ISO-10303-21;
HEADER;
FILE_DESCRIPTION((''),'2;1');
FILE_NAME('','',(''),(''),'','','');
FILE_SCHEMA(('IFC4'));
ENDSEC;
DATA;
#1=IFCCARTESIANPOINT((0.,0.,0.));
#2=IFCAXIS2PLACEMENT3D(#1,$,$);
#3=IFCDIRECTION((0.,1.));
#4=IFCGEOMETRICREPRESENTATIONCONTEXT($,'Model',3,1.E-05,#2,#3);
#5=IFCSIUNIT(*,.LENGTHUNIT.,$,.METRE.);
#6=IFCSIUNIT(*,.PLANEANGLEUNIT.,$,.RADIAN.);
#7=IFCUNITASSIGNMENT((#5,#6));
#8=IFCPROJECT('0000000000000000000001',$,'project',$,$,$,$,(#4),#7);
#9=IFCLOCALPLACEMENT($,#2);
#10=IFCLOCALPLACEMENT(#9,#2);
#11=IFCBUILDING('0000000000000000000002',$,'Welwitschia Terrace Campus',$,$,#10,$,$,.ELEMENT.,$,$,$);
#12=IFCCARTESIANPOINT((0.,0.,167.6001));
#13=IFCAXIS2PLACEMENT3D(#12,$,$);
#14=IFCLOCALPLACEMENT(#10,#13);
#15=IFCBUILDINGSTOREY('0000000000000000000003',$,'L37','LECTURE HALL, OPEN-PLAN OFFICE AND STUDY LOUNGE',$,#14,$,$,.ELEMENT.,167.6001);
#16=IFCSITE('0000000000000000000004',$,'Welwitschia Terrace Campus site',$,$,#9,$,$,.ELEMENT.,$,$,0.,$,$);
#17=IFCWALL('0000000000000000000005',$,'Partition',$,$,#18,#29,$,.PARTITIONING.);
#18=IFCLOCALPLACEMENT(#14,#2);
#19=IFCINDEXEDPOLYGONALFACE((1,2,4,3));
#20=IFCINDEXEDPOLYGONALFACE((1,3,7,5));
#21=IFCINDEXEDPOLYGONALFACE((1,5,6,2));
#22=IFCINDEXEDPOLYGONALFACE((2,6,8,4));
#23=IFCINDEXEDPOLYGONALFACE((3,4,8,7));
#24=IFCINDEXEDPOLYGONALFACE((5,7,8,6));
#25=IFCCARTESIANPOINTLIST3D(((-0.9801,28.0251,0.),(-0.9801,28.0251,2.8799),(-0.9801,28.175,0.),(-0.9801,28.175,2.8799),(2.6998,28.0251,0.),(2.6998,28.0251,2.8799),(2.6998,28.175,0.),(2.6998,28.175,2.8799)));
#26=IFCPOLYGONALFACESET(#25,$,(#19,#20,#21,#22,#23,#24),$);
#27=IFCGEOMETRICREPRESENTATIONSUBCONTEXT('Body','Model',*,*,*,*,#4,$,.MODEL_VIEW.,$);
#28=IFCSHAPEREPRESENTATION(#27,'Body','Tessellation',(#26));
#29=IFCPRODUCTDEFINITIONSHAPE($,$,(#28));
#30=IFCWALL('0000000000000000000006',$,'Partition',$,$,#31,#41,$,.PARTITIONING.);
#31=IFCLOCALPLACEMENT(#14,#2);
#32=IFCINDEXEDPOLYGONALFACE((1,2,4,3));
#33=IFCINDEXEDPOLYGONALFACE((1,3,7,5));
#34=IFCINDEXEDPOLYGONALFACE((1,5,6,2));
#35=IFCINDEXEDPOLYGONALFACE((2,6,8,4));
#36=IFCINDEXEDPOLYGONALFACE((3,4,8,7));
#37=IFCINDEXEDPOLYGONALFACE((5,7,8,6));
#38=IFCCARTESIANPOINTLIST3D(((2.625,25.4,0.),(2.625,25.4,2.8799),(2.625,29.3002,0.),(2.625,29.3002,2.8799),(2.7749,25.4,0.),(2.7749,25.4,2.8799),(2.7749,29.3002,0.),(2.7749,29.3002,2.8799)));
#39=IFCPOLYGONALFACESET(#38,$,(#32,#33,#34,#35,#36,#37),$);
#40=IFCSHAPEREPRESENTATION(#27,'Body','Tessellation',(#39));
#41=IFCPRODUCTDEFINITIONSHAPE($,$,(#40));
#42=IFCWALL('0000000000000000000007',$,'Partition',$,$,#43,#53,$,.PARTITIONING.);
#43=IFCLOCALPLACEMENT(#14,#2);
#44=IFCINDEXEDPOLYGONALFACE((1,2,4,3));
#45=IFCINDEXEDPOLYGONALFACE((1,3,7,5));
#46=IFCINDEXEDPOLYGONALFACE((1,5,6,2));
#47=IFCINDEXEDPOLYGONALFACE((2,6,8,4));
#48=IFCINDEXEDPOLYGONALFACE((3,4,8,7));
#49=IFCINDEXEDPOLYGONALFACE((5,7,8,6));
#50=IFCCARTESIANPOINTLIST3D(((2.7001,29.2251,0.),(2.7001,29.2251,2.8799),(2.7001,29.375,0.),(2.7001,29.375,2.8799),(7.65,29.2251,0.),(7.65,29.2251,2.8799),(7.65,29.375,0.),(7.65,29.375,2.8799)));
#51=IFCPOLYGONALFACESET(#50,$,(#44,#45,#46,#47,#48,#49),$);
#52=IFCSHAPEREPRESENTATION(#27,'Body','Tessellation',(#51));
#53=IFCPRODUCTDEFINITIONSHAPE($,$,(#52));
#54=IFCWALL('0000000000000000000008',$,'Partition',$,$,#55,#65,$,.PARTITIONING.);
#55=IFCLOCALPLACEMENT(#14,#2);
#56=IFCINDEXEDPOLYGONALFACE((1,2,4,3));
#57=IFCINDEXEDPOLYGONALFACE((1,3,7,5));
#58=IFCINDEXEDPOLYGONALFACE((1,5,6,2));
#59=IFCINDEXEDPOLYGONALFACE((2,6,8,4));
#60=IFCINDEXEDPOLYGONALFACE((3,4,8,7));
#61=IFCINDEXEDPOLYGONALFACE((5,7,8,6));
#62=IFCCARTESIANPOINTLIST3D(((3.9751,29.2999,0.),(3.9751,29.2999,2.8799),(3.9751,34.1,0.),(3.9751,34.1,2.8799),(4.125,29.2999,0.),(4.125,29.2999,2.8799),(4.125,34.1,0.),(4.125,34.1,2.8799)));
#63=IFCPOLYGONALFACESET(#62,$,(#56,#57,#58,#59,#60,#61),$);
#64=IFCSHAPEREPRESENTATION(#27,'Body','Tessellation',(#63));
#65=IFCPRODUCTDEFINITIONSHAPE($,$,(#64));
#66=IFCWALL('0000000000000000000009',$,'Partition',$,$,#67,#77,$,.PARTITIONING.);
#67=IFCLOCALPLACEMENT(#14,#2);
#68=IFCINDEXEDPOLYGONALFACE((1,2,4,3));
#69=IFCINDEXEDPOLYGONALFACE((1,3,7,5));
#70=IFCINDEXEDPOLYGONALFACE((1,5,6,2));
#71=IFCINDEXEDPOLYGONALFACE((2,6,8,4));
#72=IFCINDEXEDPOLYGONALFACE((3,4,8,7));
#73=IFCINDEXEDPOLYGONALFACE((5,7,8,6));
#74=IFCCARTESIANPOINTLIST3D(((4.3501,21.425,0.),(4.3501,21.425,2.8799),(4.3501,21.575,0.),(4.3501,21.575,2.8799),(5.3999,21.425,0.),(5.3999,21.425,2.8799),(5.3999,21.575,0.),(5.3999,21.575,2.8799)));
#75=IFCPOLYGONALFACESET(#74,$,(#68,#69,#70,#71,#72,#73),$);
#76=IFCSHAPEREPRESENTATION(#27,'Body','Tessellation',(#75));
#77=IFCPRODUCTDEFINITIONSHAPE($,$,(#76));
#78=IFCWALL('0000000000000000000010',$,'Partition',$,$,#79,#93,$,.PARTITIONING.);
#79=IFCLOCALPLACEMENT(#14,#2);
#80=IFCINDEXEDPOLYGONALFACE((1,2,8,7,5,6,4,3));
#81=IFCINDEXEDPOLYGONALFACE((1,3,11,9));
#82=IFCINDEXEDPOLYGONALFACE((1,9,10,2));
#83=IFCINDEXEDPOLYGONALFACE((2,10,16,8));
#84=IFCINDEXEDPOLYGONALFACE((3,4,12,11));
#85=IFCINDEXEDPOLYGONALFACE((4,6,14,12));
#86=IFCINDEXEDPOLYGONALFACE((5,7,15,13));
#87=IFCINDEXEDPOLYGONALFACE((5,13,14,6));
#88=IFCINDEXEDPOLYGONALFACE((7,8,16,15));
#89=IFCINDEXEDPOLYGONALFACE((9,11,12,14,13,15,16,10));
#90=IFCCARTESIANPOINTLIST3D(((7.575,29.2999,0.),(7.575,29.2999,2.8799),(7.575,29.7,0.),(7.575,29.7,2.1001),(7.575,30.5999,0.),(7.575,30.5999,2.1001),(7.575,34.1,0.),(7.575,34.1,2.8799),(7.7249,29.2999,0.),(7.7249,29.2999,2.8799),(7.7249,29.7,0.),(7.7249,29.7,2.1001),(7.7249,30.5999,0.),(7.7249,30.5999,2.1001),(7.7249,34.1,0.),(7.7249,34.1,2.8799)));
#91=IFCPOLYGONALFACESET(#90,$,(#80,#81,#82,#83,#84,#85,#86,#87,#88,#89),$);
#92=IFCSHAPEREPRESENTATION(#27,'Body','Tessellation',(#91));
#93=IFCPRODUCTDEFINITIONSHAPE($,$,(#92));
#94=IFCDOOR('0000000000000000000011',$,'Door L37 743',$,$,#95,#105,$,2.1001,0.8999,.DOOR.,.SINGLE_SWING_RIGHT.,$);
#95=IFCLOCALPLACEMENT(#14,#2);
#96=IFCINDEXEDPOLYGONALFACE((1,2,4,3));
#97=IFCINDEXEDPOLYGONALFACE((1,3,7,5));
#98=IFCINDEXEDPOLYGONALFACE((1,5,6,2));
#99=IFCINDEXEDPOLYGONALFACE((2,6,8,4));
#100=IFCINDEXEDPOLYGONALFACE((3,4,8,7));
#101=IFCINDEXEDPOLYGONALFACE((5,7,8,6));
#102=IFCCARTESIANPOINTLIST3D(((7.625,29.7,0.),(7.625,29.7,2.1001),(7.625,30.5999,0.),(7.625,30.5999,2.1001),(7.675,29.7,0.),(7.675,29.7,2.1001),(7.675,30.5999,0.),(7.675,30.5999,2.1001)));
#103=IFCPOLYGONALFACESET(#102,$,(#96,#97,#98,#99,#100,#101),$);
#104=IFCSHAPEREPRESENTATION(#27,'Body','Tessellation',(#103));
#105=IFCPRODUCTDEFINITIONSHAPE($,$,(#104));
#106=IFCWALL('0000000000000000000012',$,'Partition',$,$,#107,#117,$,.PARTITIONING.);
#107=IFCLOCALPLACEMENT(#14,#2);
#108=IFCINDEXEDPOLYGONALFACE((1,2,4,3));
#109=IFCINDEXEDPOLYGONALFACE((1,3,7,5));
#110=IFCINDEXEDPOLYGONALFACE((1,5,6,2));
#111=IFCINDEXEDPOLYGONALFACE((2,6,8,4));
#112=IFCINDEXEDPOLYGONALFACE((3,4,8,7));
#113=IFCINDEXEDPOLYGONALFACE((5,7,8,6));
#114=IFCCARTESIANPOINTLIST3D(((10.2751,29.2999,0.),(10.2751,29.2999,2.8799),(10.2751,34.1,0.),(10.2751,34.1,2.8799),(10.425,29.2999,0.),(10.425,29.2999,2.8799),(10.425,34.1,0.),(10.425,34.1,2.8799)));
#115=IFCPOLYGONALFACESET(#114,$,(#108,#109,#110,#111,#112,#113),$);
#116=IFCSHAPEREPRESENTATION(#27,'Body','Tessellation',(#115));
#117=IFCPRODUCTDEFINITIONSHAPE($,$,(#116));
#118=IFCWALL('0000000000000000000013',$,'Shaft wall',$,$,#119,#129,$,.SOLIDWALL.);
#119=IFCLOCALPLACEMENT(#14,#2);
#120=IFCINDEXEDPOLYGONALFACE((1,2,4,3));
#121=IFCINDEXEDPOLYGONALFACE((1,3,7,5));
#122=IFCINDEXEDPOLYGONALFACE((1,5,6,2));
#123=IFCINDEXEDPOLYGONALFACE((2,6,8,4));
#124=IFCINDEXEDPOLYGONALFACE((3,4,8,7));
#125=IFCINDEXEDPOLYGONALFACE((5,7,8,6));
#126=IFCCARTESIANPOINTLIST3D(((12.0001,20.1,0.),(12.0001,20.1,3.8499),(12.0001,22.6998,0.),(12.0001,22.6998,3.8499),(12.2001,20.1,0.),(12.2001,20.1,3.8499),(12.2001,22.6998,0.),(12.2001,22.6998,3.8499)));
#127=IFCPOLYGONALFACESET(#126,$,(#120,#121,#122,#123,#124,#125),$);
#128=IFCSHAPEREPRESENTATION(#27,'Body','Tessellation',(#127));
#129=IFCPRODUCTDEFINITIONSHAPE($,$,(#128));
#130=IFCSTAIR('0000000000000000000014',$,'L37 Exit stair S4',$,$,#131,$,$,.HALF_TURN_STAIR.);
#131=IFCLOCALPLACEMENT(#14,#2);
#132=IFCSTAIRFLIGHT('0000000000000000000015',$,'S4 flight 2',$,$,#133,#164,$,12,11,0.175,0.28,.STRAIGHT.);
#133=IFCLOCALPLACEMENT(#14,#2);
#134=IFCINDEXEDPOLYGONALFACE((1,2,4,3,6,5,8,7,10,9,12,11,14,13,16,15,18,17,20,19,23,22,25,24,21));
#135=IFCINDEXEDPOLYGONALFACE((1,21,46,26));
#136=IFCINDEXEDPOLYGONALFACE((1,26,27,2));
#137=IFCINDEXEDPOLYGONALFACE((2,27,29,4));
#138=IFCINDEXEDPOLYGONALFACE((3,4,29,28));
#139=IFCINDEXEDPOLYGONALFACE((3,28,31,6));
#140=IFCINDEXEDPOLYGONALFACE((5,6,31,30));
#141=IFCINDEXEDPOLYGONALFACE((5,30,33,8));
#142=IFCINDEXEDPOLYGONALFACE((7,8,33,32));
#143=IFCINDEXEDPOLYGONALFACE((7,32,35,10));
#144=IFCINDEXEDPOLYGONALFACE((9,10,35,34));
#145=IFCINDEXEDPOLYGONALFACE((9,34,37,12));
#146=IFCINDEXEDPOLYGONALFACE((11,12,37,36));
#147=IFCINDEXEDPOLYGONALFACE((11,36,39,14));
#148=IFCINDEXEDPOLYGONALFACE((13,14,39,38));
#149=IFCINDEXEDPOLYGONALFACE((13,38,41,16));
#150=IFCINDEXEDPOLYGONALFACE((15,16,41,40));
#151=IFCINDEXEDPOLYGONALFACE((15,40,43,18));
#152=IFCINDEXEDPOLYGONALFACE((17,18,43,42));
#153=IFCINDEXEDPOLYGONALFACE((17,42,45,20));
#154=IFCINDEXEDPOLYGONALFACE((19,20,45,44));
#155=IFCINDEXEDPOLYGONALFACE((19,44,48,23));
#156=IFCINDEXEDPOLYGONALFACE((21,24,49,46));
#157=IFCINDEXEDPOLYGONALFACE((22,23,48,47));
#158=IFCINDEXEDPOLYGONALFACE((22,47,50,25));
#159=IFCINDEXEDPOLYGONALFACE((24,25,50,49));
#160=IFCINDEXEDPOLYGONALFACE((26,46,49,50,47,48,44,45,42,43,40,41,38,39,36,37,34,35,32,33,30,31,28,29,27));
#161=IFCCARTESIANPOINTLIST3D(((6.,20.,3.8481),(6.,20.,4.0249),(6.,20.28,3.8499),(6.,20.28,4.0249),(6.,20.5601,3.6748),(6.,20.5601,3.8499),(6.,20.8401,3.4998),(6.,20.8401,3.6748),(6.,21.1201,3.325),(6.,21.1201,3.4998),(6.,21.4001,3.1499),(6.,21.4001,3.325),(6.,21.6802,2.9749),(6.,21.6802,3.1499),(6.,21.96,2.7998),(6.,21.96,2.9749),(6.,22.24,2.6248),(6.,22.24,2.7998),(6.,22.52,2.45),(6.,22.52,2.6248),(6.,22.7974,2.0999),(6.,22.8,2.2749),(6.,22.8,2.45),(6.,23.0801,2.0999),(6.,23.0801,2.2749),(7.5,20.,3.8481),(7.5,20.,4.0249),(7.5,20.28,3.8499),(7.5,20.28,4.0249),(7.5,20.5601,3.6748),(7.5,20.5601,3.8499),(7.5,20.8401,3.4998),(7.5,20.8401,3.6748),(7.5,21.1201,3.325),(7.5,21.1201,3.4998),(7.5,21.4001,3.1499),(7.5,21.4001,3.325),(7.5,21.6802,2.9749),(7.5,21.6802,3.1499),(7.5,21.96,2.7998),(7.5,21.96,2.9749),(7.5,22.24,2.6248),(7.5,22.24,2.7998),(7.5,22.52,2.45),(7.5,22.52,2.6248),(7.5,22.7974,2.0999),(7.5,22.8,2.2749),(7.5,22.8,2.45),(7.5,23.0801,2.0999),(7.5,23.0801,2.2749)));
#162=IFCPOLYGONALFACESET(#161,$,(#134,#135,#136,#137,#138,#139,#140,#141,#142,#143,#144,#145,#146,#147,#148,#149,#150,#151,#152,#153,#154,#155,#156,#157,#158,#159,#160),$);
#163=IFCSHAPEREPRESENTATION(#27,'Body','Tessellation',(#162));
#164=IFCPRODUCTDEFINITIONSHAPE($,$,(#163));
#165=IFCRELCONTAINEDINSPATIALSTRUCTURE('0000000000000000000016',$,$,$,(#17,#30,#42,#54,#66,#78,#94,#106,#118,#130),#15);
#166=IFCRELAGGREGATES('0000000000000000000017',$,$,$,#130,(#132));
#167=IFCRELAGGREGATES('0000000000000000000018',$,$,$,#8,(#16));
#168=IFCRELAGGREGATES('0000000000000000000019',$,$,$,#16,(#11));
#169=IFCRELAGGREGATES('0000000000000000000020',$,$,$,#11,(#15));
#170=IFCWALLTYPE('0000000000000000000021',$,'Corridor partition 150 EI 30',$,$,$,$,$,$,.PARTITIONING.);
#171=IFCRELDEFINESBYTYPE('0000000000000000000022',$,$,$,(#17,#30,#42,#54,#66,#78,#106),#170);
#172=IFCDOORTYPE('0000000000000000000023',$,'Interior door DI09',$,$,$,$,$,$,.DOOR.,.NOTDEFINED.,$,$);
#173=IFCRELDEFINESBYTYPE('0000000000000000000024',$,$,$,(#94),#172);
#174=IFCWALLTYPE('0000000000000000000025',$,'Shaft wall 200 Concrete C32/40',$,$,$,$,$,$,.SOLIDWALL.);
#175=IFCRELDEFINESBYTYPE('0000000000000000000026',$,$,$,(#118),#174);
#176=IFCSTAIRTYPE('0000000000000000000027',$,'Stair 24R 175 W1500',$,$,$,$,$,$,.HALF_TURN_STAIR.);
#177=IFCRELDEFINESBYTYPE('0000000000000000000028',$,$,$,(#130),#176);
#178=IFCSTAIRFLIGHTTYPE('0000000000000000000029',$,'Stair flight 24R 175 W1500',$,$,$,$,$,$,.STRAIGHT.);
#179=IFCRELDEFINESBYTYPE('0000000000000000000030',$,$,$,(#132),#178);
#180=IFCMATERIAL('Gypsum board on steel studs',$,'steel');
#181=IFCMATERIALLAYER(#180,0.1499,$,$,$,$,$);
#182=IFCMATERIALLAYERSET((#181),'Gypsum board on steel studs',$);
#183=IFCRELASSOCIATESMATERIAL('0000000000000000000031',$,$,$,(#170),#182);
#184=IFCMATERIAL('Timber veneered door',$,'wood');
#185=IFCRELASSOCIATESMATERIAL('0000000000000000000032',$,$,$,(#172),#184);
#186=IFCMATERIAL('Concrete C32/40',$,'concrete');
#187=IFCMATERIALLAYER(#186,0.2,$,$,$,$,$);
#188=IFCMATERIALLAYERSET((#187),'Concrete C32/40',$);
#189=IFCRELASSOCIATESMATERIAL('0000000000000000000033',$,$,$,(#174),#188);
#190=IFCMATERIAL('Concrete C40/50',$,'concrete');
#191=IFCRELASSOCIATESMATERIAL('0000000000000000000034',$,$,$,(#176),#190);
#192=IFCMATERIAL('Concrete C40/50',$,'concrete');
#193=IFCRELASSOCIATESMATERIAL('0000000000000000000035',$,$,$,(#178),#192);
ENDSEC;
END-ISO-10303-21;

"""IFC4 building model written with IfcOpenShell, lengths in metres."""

from ifc_helpers import new_model, si_unit, direction, frame, frame_2d, origin, place, context, subcontext, project, spatial, polyline, rectangle, outline, extrude, material, layer, layer_set, type_object, element, fill, aggregate, save


model = new_model("IFC4")

# Units and contexts
model_context = context("Model", 3, precision=1e-05, world=origin(), true_north=direction((0.0, 1.0)))
body_context = subcontext(model_context, "Body", "Model", "MODEL_VIEW")
ifc_project = project(units=[si_unit("LENGTHUNIT", "METRE"), si_unit("PLANEANGLEUNIT", "RADIAN")], contexts=[model_context])

# Site, building, storey
site_placement = place(None, origin())
site = spatial("IfcSite", under=ifc_project, at=site_placement, Name="Welwitschia Terrace Campus site", CompositionType="ELEMENT", RefElevation=0.0)
building_placement = place(site_placement, origin())
building = spatial("IfcBuilding", under=site, at=building_placement, Name="Welwitschia Terrace Campus", CompositionType="ELEMENT")
storey_placement = place(building_placement, frame((0.0, 0.0, 167.6001)))
storey = spatial("IfcBuildingStorey", under=building, at=storey_placement, Name="L37", Description="LECTURE HALL, OPEN-PLAN OFFICE AND STUDY LOUNGE", CompositionType="ELEMENT", Elevation=167.6001)

# Walls
ifc_material_1 = material(Name="Gypsum board on steel studs", Category="steel")
ifc_layer_1 = layer(ifc_material_1, 0.1499)
ifc_layer_set_1 = layer_set([ifc_layer_1], Name="Gypsum board on steel studs")
wall_type_1 = type_object("IfcWallType", Name="Corridor partition 150 EI 30", PredefinedType="PARTITIONING", material=ifc_layer_set_1)
wall_1_placement = place(storey_placement, frame((-0.98, 28.1001, 0.0), z_axis=(0.0, 0.0, 1.0), x_axis=(1.0, 0.0, 0.0)))
element("IfcWall", 1, at=wall_1_placement, inside=storey, type_object=wall_type_1, Name="Partition", PredefinedType="PARTITIONING", context=body_context, shape_type="SweptSolid", body=[
    extrude(rectangle(XDim=3.6799, YDim=0.1499, at=frame_2d((1.8398, 0.0))), origin(), (0.0, 0.0, 1.0), 2.8799),
])
wall_2_placement = place(storey_placement, frame((2.7, 25.3999, 0.0), z_axis=(0.0, 0.0, 1.0), x_axis=(0.0, 1.0, 0.0)))
element("IfcWall", 2, at=wall_2_placement, inside=storey, type_object=wall_type_1, Name="Partition", PredefinedType="PARTITIONING", context=body_context, shape_type="SweptSolid", body=[
    extrude(rectangle(XDim=3.9001, YDim=0.1499, at=frame_2d((1.9502, 0.0))), origin(), (0.0, 0.0, 1.0), 2.8799),
])
wall_3_placement = place(storey_placement, frame((2.7, 29.3, 0.0), z_axis=(0.0, 0.0, 1.0), x_axis=(1.0, 0.0, 0.0)))
element("IfcWall", 3, at=wall_3_placement, inside=storey, type_object=wall_type_1, Name="Partition", PredefinedType="PARTITIONING", context=body_context, shape_type="SweptSolid", body=[
    extrude(rectangle(XDim=4.95, YDim=0.1499, at=frame_2d((2.4751, 0.0))), origin(), (0.0, 0.0, 1.0), 2.8799),
])
wall_4_placement = place(storey_placement, frame((4.05, 29.3, 0.0), z_axis=(0.0, 0.0, 1.0), x_axis=(0.0, 1.0, 0.0)))
element("IfcWall", 4, at=wall_4_placement, inside=storey, type_object=wall_type_1, Name="Partition", PredefinedType="PARTITIONING", context=body_context, shape_type="SweptSolid", body=[
    extrude(rectangle(XDim=4.8, YDim=0.1499, at=frame_2d((2.3999, 0.0))), origin(), (0.0, 0.0, 1.0), 2.8799),
])
wall_5_placement = place(storey_placement, frame((4.3501, 21.5, 0.0), z_axis=(0.0, 0.0, 1.0), x_axis=(1.0, 0.0, 0.0)))
element("IfcWall", 5, at=wall_5_placement, inside=storey, type_object=wall_type_1, Name="Partition", PredefinedType="PARTITIONING", context=body_context, shape_type="SweptSolid", body=[
    extrude(rectangle(XDim=1.0498, YDim=0.1499, at=frame_2d((0.5249, 0.0))), origin(), (0.0, 0.0, 1.0), 2.8799),
])

# Wall, opening, door
wall_6_placement = place(storey_placement, frame((7.6499, 29.3, 0.0), z_axis=(0.0, 0.0, 1.0), x_axis=(0.0, 1.0, 0.0)))
wall_6 = element("IfcWall", 6, at=wall_6_placement, inside=storey, type_object=wall_type_1, Name="Partition", PredefinedType="PARTITIONING", context=body_context, shape_type="SweptSolid", body=[
    extrude(rectangle(XDim=4.8, YDim=0.1499, at=frame_2d((2.3999, 0.0))), origin(), (0.0, 0.0, 1.0), 2.8799),
])
opening_placement = place(wall_6_placement, frame((0.3999, 0.0, 0.0)))
opening = element("IfcOpeningElement", 7, at=opening_placement, cuts=wall_6, PredefinedType="OPENING", context=body_context, shape_type="SweptSolid", body=[
    extrude(rectangle(XDim=0.8999, YDim=2.1001, at=frame_2d((0.45, 1.05))), frame((0.0, 0.085, 0.0), z_axis=(0.0, -1.0, 0.0), x_axis=(1.0, 0.0, 0.0)), (0.0, 0.0, 1.0), 0.1699),
])
ifc_material_2 = material(Name="Timber veneered door", Category="wood")
door_type = type_object("IfcDoorType", Name="Interior door DI09", OperationType="NOTDEFINED", PredefinedType="DOOR", material=ifc_material_2)
door_placement = place(opening_placement, origin())
door = element("IfcDoor", 8, at=door_placement, inside=storey, type_object=door_type, Name="Door L37 743", OperationType="SINGLE_SWING_RIGHT", OverallHeight=2.1001, OverallWidth=0.8999, PredefinedType="DOOR", context=body_context, shape_type="SweptSolid", body=[
    extrude(rectangle(XDim=0.8999, YDim=2.1001, at=frame_2d((0.45, 1.05))), frame((0.0, 0.0249, 0.0), z_axis=(0.0, -1.0, 0.0), x_axis=(1.0, 0.0, 0.0)), (0.0, 0.0, 1.0), 0.05),
])
fill(opening, door)

# Walls
wall_7_placement = place(storey_placement, frame((10.3501, 29.3, 0.0), z_axis=(0.0, 0.0, 1.0), x_axis=(0.0, 1.0, 0.0)))
element("IfcWall", 9, at=wall_7_placement, inside=storey, type_object=wall_type_1, Name="Partition", PredefinedType="PARTITIONING", context=body_context, shape_type="SweptSolid", body=[
    extrude(rectangle(XDim=4.8, YDim=0.1499, at=frame_2d((2.3999, 0.0))), origin(), (0.0, 0.0, 1.0), 2.8799),
])
ifc_material_3 = material(Name="Concrete C32/40", Category="concrete")
ifc_layer_2 = layer(ifc_material_3, 0.2)
ifc_layer_set_2 = layer_set([ifc_layer_2], Name="Concrete C32/40")
wall_type_2 = type_object("IfcWallType", Name="Shaft wall 200 Concrete C32/40", PredefinedType="SOLIDWALL", material=ifc_layer_set_2)
wall_8_placement = place(storey_placement, frame((12.1001, 20.1001, 0.0), z_axis=(0.0, 0.0, 1.0), x_axis=(0.0, 1.0, 0.0)))
element("IfcWall", 10, at=wall_8_placement, inside=storey, type_object=wall_type_2, Name="Shaft wall", PredefinedType="SOLIDWALL", context=body_context, shape_type="SweptSolid", body=[
    extrude(rectangle(XDim=2.5999, YDim=0.2, at=frame_2d((1.2998, 0.0))), origin(), (0.0, 0.0, 1.0), 3.8499),
])

# Stair, stair flight
ifc_material_4 = material(Name="Concrete C40/50", Category="concrete")
stair_type = type_object("IfcStairType", Name="Stair 24R 175 W1500", PredefinedType="HALF_TURN_STAIR", material=ifc_material_4)
stair_placement = place(storey_placement, origin())
stair = element("IfcStair", 11, at=stair_placement, inside=storey, type_object=stair_type, Name="L37 Exit stair S4", PredefinedType="HALF_TURN_STAIR")
ifc_material_5 = material(Name="Concrete C40/50", Category="concrete")
stair_flight_type = type_object("IfcStairFlightType", Name="Stair flight 24R 175 W1500", PredefinedType="STRAIGHT", material=ifc_material_5)
stair_flight_placement = place(storey_placement, frame((6.75, 23.0801, 2.0999), z_axis=(0.0, 0.0, 1.0), x_axis=(0.0, -1.0, 0.0)))
stair_flight = element("IfcStairFlight", 12, at=stair_flight_placement, type_object=stair_flight_type, Name="S4 flight 2", NumberOfRisers=12, NumberOfTreads=11, PredefinedType="STRAIGHT", RiserHeight=0.175, TreadLength=0.28, context=body_context, shape_type="SweptSolid", body=[
    extrude(outline(polyline([(0.0, 0.0), (0.0, 0.175), (0.28, 0.175), (0.28, 0.3501), (0.5601, 0.3501), (0.5601, 0.5249), (0.8401, 0.5249), (0.8401, 0.7), (1.1201, 0.7), (1.1201, 0.875), (1.3999, 0.875), (1.3999, 1.05), (1.6799, 1.05), (1.6799, 1.2251), (1.96, 1.2251), (1.96, 1.3999), (2.24, 1.3999), (2.24, 1.575), (2.52, 1.575), (2.52, 1.75), (2.8, 1.75), (2.8, 1.925), (3.0801, 1.925), (3.0801, 2.1001), (3.0801, 1.7483), (0.2827, 0.0), (0.0, 0.0)])), frame((0.0, 0.75, 0.0), z_axis=(0.0, -1.0, 0.0), x_axis=(1.0, 0.0, 0.0)), (0.0, 0.0, 1.0), 1.5),
])
aggregate(stair, [stair_flight])

save(model, "model.ifc")
